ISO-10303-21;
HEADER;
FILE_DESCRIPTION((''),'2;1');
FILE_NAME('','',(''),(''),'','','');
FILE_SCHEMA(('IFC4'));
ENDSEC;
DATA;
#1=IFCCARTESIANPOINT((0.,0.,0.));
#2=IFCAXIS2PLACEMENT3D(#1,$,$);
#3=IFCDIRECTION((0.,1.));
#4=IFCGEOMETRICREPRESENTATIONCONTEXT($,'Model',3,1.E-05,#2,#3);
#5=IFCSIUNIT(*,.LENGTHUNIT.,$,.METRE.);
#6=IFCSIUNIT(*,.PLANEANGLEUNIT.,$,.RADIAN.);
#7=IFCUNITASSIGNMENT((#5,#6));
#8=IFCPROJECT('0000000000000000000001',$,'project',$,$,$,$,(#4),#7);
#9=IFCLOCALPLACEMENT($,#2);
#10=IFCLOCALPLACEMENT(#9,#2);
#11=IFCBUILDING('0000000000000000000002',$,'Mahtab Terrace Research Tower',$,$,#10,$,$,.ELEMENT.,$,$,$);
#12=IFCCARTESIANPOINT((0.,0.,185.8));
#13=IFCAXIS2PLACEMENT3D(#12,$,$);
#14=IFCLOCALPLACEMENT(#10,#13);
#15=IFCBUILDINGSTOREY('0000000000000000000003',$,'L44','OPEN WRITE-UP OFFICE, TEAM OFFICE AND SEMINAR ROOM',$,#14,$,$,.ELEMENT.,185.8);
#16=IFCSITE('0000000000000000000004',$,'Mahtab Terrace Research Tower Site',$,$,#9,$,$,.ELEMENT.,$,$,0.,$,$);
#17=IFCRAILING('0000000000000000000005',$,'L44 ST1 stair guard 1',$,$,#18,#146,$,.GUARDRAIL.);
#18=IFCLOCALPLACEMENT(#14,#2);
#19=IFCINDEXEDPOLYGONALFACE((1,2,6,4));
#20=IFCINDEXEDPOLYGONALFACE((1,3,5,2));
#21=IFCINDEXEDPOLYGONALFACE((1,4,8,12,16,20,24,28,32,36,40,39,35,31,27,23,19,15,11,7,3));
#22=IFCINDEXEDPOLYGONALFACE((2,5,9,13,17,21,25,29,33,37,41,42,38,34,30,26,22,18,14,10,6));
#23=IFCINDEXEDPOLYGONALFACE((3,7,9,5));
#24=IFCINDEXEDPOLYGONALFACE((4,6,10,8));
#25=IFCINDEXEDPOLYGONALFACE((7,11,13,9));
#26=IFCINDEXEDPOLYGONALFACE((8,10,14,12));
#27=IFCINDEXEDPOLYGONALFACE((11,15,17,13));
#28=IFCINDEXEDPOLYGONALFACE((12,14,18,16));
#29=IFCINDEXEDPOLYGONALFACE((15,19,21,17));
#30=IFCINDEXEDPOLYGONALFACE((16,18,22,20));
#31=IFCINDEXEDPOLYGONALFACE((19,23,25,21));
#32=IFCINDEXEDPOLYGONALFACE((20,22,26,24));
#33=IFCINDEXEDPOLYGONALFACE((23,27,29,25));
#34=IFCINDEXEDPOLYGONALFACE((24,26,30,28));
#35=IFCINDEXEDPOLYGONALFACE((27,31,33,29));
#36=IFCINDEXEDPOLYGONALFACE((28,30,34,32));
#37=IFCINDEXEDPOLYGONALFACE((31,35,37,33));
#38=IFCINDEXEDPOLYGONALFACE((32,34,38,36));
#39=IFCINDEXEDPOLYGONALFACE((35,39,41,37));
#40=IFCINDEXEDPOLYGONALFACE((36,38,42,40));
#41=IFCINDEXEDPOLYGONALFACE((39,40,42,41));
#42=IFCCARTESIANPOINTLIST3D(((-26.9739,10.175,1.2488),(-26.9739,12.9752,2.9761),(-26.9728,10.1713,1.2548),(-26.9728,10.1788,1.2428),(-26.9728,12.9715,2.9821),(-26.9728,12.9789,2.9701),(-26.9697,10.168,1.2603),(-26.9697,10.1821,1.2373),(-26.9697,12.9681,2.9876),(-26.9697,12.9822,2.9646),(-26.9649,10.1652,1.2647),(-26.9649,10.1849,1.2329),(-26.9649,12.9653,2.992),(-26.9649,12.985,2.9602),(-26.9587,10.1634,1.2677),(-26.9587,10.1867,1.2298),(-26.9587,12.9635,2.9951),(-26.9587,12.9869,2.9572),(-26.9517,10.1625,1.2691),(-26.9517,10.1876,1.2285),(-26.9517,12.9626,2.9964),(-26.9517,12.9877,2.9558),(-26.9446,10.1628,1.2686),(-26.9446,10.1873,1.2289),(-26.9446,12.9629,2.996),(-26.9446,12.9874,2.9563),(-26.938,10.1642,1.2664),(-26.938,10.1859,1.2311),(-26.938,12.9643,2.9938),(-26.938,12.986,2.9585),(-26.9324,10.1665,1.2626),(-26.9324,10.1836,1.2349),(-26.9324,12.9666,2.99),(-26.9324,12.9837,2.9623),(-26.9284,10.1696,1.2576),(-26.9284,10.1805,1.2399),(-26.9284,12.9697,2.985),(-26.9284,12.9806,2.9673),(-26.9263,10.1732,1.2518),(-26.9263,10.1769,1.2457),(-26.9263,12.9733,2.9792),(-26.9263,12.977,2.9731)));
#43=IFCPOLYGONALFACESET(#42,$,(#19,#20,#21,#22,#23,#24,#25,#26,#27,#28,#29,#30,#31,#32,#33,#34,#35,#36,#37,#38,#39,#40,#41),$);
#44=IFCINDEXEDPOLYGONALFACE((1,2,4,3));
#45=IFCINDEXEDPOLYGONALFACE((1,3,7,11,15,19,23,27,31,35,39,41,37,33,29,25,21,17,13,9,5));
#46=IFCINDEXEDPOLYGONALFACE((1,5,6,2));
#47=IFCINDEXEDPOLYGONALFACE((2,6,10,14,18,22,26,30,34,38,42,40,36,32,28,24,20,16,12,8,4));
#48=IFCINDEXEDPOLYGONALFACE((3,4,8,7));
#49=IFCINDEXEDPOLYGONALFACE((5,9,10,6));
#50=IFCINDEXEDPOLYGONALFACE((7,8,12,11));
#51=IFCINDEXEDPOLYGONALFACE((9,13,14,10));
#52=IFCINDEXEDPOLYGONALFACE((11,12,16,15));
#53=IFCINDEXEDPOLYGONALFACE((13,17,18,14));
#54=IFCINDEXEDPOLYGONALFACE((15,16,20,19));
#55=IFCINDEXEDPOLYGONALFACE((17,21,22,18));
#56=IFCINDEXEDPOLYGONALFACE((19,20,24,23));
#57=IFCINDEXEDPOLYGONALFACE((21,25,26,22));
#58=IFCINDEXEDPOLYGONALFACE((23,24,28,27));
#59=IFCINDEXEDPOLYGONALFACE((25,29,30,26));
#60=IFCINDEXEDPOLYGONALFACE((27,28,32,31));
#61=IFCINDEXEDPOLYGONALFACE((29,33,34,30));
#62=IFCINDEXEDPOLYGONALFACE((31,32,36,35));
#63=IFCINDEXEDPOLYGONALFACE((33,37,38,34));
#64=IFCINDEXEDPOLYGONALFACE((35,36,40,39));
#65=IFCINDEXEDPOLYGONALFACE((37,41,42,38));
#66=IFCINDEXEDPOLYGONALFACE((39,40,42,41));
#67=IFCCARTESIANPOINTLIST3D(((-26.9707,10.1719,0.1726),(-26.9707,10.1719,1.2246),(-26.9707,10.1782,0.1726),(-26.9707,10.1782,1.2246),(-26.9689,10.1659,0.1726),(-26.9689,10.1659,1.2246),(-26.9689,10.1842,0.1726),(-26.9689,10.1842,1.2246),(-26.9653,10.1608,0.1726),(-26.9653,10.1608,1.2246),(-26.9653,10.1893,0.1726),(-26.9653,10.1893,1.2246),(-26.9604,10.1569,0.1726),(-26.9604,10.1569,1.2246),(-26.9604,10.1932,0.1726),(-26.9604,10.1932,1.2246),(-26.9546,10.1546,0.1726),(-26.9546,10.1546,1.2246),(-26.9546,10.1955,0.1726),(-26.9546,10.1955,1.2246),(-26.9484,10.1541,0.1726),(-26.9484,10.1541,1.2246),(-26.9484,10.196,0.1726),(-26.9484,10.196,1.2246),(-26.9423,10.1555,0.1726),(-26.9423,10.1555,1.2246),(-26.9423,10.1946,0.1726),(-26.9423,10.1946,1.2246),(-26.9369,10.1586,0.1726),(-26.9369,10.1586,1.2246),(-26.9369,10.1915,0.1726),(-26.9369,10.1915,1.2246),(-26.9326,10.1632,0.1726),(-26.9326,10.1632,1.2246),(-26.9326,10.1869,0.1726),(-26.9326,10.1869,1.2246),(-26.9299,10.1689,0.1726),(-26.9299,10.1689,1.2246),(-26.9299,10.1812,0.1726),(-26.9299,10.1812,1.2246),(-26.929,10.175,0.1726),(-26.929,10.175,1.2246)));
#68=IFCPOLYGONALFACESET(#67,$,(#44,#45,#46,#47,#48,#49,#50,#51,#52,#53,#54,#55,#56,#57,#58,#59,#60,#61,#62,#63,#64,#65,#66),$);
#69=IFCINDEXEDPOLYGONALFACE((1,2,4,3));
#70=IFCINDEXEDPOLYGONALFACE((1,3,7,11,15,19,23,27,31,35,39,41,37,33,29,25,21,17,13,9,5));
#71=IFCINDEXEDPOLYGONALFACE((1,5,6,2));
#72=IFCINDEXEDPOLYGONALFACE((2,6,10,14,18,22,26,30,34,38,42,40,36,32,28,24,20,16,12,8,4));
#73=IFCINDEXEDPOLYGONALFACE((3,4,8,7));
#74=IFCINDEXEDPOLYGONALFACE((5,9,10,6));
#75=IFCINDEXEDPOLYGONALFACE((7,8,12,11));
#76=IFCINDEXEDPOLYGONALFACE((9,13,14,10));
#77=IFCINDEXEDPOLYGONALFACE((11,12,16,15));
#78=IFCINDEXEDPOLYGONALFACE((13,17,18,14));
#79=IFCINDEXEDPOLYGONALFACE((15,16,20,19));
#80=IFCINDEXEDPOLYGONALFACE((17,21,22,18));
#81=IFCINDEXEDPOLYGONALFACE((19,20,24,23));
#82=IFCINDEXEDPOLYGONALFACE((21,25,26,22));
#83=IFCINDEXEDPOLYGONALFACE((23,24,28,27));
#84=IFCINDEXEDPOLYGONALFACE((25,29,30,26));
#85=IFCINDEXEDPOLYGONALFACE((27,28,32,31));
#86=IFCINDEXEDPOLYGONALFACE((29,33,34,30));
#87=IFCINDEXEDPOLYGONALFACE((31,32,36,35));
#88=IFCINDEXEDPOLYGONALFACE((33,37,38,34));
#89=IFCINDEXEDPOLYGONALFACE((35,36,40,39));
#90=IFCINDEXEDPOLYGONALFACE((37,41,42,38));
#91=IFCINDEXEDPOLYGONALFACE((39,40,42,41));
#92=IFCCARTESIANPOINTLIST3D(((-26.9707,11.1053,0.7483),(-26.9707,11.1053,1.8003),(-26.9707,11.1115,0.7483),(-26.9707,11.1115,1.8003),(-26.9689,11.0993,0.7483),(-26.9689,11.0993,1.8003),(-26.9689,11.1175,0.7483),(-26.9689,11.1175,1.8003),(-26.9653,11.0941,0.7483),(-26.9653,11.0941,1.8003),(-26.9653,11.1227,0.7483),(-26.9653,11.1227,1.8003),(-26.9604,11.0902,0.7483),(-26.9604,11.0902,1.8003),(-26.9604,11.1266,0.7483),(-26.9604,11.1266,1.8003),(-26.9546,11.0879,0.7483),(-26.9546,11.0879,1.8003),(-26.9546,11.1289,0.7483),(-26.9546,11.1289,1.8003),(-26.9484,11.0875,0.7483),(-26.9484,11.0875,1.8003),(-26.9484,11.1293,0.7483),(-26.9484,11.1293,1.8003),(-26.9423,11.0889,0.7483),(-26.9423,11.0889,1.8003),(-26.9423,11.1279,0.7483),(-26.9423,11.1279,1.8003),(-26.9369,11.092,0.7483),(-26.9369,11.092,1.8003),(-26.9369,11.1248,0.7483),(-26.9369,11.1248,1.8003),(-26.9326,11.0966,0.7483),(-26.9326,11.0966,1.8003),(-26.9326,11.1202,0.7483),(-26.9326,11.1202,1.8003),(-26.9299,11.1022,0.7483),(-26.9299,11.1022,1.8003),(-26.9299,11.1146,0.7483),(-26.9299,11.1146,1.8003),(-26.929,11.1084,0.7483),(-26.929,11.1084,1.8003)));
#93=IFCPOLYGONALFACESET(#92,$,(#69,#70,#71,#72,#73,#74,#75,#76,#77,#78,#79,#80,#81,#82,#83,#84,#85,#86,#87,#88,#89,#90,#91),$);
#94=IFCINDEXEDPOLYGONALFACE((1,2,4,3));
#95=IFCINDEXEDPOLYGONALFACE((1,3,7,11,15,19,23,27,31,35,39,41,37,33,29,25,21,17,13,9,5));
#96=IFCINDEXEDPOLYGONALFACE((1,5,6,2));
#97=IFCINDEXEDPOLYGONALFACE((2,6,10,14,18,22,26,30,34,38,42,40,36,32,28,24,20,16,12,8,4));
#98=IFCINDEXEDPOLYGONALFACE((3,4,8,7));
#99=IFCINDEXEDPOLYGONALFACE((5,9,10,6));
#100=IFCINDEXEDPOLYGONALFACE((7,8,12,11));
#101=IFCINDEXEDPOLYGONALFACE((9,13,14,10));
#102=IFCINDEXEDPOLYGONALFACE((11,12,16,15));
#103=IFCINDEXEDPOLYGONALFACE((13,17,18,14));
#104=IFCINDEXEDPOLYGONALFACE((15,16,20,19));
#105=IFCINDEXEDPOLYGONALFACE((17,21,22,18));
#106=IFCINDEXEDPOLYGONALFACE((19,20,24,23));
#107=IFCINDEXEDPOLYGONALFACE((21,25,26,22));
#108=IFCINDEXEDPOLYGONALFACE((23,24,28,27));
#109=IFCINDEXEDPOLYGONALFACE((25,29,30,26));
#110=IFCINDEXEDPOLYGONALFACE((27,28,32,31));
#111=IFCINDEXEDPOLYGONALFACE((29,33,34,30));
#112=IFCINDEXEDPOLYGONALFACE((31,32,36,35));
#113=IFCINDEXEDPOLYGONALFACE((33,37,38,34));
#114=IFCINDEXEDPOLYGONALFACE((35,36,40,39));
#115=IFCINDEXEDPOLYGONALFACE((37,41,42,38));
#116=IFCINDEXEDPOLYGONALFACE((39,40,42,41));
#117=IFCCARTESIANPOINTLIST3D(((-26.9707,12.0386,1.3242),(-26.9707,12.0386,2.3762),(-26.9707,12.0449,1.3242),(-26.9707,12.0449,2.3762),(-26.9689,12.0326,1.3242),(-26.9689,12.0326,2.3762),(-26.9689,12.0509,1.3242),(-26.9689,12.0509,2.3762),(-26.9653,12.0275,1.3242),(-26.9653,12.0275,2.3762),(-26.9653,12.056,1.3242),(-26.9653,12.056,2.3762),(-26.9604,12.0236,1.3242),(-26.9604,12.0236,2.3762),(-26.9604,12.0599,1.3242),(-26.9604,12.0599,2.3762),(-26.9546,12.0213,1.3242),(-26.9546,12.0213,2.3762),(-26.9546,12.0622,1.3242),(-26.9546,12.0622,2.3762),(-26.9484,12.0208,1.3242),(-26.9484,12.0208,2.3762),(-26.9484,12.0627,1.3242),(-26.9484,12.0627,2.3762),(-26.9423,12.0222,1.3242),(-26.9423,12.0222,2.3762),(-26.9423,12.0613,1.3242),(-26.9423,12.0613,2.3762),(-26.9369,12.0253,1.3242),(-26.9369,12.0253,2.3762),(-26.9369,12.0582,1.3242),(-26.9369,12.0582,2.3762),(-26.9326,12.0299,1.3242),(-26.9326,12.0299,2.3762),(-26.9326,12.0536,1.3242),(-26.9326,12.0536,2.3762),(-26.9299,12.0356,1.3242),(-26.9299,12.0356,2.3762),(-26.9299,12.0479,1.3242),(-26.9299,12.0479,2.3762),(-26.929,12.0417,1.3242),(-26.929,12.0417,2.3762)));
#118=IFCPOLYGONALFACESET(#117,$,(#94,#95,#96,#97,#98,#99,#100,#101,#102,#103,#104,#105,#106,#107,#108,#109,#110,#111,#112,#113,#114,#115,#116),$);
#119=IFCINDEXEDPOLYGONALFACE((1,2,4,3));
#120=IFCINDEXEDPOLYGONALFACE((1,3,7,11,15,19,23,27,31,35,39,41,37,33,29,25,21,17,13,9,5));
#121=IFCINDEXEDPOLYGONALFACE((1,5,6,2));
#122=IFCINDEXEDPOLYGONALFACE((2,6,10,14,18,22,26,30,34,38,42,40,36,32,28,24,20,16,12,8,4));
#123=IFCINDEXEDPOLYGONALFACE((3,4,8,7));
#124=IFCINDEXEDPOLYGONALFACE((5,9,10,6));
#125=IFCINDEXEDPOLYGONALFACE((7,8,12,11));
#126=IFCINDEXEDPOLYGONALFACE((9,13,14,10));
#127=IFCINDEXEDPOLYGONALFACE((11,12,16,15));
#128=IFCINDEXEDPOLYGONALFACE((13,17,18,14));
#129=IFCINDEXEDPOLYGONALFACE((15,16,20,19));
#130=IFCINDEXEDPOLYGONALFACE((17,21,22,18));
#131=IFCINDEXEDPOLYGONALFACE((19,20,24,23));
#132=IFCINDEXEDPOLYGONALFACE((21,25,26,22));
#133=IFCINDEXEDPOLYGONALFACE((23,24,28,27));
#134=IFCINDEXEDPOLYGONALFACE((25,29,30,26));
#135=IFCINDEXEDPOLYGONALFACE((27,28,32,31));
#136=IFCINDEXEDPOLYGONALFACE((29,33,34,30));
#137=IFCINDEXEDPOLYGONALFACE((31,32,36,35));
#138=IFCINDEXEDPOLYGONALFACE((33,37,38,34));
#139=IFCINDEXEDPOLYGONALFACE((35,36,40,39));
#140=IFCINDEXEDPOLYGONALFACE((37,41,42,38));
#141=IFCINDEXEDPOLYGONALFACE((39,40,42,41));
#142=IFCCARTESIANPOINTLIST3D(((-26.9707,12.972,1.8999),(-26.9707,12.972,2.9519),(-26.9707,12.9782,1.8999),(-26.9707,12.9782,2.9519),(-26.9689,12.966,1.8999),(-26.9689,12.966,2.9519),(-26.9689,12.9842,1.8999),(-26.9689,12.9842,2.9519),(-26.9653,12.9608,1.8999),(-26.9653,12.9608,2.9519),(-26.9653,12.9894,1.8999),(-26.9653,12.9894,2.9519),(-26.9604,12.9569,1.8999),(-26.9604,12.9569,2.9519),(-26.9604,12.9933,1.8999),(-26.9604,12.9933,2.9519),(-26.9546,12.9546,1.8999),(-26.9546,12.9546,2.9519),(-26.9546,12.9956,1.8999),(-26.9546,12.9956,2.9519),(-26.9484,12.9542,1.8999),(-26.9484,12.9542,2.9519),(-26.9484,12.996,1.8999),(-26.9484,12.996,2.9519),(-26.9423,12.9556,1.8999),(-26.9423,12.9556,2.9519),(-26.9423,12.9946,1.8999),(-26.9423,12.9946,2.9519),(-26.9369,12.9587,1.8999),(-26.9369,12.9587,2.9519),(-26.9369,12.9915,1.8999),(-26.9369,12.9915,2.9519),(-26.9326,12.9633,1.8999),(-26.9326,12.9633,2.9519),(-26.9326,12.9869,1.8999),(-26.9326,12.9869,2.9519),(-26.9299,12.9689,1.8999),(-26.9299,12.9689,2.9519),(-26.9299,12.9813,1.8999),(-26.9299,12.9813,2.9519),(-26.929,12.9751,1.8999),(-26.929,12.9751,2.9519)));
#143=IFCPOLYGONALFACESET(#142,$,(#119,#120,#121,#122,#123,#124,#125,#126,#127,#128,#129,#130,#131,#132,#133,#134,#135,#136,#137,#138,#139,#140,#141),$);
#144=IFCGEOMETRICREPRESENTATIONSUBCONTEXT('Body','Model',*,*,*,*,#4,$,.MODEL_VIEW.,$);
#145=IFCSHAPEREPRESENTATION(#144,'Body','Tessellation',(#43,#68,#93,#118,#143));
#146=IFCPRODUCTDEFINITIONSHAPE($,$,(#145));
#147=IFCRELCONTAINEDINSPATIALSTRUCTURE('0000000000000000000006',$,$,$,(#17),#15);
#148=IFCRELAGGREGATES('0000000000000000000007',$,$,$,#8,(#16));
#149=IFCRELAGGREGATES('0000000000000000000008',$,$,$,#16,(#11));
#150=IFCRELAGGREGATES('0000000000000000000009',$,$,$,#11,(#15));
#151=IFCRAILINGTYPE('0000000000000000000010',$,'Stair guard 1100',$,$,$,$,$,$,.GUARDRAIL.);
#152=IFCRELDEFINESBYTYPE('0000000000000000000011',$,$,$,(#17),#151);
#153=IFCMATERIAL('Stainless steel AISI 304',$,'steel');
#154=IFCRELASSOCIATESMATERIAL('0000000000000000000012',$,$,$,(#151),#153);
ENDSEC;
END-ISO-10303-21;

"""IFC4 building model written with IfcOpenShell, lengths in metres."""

from ifc_helpers import new_model, si_unit, direction, frame, origin, origin_2d, place, context, subcontext, project, spatial, circle, extrude, material, type_object, element, save


model = new_model("IFC4")

# Units and contexts
model_context = context("Model", 3, precision=1e-05, world=origin(), true_north=direction((0.0, 1.0)))
body_context = subcontext(model_context, "Body", "Model", "MODEL_VIEW")
ifc_project = project(units=[si_unit("LENGTHUNIT", "METRE"), si_unit("PLANEANGLEUNIT", "RADIAN")], contexts=[model_context])

# Site, building, storey
site_placement = place(None, origin())
site = spatial("IfcSite", under=ifc_project, at=site_placement, Name="Mahtab Terrace Research Tower Site", CompositionType="ELEMENT", RefElevation=0.0)
building_placement = place(site_placement, origin())
building = spatial("IfcBuilding", under=site, at=building_placement, Name="Mahtab Terrace Research Tower", CompositionType="ELEMENT")
storey_placement = place(building_placement, frame((0.0, 0.0, 185.8)))
storey = spatial("IfcBuildingStorey", under=building, at=storey_placement, Name="L44", Description="OPEN WRITE-UP OFFICE, TEAM OFFICE AND SEMINAR ROOM", CompositionType="ELEMENT", Elevation=185.8)

# Railing
ifc_material_1 = material(Name="Stainless steel AISI 304", Category="steel")
railing_type_1 = type_object("IfcRailingType", Name="Stair guard 1100", PredefinedType="GUARDRAIL", material=ifc_material_1)
railing_1_placement = place(storey_placement, frame((-26.95, 10.175, 0.1726)))
element("IfcRailing", 1, at=railing_1_placement, inside=storey, type_object=railing_type_1, Name="L44 ST1 stair guard 1", PredefinedType="GUARDRAIL", context=body_context, shape_type="SweptSolid", body=[
    extrude(circle(Radius=0.0239, at=origin_2d()), frame((0.0, 0.0, 1.0762), z_axis=(0.0, 0.85109, 0.52502), x_axis=(-1.0, 0.0, 0.0)), (0.0, 0.0, 1.0), 3.29),
    extrude(circle(Radius=0.021, at=origin_2d()), origin(), (0.0, 0.0, 1.0), 1.052),
    extrude(circle(Radius=0.021, at=origin_2d()), frame((0.0, 0.9333, 0.5757)), (0.0, 0.0, 1.0), 1.052),
    extrude(circle(Radius=0.021, at=origin_2d()), frame((0.0, 1.8667, 1.1516)), (0.0, 0.0, 1.0), 1.052),
    extrude(circle(Radius=0.021, at=origin_2d()), frame((0.0, 2.8, 1.7273)), (0.0, 0.0, 1.0), 1.052),
])

save(model, "model.ifc")
